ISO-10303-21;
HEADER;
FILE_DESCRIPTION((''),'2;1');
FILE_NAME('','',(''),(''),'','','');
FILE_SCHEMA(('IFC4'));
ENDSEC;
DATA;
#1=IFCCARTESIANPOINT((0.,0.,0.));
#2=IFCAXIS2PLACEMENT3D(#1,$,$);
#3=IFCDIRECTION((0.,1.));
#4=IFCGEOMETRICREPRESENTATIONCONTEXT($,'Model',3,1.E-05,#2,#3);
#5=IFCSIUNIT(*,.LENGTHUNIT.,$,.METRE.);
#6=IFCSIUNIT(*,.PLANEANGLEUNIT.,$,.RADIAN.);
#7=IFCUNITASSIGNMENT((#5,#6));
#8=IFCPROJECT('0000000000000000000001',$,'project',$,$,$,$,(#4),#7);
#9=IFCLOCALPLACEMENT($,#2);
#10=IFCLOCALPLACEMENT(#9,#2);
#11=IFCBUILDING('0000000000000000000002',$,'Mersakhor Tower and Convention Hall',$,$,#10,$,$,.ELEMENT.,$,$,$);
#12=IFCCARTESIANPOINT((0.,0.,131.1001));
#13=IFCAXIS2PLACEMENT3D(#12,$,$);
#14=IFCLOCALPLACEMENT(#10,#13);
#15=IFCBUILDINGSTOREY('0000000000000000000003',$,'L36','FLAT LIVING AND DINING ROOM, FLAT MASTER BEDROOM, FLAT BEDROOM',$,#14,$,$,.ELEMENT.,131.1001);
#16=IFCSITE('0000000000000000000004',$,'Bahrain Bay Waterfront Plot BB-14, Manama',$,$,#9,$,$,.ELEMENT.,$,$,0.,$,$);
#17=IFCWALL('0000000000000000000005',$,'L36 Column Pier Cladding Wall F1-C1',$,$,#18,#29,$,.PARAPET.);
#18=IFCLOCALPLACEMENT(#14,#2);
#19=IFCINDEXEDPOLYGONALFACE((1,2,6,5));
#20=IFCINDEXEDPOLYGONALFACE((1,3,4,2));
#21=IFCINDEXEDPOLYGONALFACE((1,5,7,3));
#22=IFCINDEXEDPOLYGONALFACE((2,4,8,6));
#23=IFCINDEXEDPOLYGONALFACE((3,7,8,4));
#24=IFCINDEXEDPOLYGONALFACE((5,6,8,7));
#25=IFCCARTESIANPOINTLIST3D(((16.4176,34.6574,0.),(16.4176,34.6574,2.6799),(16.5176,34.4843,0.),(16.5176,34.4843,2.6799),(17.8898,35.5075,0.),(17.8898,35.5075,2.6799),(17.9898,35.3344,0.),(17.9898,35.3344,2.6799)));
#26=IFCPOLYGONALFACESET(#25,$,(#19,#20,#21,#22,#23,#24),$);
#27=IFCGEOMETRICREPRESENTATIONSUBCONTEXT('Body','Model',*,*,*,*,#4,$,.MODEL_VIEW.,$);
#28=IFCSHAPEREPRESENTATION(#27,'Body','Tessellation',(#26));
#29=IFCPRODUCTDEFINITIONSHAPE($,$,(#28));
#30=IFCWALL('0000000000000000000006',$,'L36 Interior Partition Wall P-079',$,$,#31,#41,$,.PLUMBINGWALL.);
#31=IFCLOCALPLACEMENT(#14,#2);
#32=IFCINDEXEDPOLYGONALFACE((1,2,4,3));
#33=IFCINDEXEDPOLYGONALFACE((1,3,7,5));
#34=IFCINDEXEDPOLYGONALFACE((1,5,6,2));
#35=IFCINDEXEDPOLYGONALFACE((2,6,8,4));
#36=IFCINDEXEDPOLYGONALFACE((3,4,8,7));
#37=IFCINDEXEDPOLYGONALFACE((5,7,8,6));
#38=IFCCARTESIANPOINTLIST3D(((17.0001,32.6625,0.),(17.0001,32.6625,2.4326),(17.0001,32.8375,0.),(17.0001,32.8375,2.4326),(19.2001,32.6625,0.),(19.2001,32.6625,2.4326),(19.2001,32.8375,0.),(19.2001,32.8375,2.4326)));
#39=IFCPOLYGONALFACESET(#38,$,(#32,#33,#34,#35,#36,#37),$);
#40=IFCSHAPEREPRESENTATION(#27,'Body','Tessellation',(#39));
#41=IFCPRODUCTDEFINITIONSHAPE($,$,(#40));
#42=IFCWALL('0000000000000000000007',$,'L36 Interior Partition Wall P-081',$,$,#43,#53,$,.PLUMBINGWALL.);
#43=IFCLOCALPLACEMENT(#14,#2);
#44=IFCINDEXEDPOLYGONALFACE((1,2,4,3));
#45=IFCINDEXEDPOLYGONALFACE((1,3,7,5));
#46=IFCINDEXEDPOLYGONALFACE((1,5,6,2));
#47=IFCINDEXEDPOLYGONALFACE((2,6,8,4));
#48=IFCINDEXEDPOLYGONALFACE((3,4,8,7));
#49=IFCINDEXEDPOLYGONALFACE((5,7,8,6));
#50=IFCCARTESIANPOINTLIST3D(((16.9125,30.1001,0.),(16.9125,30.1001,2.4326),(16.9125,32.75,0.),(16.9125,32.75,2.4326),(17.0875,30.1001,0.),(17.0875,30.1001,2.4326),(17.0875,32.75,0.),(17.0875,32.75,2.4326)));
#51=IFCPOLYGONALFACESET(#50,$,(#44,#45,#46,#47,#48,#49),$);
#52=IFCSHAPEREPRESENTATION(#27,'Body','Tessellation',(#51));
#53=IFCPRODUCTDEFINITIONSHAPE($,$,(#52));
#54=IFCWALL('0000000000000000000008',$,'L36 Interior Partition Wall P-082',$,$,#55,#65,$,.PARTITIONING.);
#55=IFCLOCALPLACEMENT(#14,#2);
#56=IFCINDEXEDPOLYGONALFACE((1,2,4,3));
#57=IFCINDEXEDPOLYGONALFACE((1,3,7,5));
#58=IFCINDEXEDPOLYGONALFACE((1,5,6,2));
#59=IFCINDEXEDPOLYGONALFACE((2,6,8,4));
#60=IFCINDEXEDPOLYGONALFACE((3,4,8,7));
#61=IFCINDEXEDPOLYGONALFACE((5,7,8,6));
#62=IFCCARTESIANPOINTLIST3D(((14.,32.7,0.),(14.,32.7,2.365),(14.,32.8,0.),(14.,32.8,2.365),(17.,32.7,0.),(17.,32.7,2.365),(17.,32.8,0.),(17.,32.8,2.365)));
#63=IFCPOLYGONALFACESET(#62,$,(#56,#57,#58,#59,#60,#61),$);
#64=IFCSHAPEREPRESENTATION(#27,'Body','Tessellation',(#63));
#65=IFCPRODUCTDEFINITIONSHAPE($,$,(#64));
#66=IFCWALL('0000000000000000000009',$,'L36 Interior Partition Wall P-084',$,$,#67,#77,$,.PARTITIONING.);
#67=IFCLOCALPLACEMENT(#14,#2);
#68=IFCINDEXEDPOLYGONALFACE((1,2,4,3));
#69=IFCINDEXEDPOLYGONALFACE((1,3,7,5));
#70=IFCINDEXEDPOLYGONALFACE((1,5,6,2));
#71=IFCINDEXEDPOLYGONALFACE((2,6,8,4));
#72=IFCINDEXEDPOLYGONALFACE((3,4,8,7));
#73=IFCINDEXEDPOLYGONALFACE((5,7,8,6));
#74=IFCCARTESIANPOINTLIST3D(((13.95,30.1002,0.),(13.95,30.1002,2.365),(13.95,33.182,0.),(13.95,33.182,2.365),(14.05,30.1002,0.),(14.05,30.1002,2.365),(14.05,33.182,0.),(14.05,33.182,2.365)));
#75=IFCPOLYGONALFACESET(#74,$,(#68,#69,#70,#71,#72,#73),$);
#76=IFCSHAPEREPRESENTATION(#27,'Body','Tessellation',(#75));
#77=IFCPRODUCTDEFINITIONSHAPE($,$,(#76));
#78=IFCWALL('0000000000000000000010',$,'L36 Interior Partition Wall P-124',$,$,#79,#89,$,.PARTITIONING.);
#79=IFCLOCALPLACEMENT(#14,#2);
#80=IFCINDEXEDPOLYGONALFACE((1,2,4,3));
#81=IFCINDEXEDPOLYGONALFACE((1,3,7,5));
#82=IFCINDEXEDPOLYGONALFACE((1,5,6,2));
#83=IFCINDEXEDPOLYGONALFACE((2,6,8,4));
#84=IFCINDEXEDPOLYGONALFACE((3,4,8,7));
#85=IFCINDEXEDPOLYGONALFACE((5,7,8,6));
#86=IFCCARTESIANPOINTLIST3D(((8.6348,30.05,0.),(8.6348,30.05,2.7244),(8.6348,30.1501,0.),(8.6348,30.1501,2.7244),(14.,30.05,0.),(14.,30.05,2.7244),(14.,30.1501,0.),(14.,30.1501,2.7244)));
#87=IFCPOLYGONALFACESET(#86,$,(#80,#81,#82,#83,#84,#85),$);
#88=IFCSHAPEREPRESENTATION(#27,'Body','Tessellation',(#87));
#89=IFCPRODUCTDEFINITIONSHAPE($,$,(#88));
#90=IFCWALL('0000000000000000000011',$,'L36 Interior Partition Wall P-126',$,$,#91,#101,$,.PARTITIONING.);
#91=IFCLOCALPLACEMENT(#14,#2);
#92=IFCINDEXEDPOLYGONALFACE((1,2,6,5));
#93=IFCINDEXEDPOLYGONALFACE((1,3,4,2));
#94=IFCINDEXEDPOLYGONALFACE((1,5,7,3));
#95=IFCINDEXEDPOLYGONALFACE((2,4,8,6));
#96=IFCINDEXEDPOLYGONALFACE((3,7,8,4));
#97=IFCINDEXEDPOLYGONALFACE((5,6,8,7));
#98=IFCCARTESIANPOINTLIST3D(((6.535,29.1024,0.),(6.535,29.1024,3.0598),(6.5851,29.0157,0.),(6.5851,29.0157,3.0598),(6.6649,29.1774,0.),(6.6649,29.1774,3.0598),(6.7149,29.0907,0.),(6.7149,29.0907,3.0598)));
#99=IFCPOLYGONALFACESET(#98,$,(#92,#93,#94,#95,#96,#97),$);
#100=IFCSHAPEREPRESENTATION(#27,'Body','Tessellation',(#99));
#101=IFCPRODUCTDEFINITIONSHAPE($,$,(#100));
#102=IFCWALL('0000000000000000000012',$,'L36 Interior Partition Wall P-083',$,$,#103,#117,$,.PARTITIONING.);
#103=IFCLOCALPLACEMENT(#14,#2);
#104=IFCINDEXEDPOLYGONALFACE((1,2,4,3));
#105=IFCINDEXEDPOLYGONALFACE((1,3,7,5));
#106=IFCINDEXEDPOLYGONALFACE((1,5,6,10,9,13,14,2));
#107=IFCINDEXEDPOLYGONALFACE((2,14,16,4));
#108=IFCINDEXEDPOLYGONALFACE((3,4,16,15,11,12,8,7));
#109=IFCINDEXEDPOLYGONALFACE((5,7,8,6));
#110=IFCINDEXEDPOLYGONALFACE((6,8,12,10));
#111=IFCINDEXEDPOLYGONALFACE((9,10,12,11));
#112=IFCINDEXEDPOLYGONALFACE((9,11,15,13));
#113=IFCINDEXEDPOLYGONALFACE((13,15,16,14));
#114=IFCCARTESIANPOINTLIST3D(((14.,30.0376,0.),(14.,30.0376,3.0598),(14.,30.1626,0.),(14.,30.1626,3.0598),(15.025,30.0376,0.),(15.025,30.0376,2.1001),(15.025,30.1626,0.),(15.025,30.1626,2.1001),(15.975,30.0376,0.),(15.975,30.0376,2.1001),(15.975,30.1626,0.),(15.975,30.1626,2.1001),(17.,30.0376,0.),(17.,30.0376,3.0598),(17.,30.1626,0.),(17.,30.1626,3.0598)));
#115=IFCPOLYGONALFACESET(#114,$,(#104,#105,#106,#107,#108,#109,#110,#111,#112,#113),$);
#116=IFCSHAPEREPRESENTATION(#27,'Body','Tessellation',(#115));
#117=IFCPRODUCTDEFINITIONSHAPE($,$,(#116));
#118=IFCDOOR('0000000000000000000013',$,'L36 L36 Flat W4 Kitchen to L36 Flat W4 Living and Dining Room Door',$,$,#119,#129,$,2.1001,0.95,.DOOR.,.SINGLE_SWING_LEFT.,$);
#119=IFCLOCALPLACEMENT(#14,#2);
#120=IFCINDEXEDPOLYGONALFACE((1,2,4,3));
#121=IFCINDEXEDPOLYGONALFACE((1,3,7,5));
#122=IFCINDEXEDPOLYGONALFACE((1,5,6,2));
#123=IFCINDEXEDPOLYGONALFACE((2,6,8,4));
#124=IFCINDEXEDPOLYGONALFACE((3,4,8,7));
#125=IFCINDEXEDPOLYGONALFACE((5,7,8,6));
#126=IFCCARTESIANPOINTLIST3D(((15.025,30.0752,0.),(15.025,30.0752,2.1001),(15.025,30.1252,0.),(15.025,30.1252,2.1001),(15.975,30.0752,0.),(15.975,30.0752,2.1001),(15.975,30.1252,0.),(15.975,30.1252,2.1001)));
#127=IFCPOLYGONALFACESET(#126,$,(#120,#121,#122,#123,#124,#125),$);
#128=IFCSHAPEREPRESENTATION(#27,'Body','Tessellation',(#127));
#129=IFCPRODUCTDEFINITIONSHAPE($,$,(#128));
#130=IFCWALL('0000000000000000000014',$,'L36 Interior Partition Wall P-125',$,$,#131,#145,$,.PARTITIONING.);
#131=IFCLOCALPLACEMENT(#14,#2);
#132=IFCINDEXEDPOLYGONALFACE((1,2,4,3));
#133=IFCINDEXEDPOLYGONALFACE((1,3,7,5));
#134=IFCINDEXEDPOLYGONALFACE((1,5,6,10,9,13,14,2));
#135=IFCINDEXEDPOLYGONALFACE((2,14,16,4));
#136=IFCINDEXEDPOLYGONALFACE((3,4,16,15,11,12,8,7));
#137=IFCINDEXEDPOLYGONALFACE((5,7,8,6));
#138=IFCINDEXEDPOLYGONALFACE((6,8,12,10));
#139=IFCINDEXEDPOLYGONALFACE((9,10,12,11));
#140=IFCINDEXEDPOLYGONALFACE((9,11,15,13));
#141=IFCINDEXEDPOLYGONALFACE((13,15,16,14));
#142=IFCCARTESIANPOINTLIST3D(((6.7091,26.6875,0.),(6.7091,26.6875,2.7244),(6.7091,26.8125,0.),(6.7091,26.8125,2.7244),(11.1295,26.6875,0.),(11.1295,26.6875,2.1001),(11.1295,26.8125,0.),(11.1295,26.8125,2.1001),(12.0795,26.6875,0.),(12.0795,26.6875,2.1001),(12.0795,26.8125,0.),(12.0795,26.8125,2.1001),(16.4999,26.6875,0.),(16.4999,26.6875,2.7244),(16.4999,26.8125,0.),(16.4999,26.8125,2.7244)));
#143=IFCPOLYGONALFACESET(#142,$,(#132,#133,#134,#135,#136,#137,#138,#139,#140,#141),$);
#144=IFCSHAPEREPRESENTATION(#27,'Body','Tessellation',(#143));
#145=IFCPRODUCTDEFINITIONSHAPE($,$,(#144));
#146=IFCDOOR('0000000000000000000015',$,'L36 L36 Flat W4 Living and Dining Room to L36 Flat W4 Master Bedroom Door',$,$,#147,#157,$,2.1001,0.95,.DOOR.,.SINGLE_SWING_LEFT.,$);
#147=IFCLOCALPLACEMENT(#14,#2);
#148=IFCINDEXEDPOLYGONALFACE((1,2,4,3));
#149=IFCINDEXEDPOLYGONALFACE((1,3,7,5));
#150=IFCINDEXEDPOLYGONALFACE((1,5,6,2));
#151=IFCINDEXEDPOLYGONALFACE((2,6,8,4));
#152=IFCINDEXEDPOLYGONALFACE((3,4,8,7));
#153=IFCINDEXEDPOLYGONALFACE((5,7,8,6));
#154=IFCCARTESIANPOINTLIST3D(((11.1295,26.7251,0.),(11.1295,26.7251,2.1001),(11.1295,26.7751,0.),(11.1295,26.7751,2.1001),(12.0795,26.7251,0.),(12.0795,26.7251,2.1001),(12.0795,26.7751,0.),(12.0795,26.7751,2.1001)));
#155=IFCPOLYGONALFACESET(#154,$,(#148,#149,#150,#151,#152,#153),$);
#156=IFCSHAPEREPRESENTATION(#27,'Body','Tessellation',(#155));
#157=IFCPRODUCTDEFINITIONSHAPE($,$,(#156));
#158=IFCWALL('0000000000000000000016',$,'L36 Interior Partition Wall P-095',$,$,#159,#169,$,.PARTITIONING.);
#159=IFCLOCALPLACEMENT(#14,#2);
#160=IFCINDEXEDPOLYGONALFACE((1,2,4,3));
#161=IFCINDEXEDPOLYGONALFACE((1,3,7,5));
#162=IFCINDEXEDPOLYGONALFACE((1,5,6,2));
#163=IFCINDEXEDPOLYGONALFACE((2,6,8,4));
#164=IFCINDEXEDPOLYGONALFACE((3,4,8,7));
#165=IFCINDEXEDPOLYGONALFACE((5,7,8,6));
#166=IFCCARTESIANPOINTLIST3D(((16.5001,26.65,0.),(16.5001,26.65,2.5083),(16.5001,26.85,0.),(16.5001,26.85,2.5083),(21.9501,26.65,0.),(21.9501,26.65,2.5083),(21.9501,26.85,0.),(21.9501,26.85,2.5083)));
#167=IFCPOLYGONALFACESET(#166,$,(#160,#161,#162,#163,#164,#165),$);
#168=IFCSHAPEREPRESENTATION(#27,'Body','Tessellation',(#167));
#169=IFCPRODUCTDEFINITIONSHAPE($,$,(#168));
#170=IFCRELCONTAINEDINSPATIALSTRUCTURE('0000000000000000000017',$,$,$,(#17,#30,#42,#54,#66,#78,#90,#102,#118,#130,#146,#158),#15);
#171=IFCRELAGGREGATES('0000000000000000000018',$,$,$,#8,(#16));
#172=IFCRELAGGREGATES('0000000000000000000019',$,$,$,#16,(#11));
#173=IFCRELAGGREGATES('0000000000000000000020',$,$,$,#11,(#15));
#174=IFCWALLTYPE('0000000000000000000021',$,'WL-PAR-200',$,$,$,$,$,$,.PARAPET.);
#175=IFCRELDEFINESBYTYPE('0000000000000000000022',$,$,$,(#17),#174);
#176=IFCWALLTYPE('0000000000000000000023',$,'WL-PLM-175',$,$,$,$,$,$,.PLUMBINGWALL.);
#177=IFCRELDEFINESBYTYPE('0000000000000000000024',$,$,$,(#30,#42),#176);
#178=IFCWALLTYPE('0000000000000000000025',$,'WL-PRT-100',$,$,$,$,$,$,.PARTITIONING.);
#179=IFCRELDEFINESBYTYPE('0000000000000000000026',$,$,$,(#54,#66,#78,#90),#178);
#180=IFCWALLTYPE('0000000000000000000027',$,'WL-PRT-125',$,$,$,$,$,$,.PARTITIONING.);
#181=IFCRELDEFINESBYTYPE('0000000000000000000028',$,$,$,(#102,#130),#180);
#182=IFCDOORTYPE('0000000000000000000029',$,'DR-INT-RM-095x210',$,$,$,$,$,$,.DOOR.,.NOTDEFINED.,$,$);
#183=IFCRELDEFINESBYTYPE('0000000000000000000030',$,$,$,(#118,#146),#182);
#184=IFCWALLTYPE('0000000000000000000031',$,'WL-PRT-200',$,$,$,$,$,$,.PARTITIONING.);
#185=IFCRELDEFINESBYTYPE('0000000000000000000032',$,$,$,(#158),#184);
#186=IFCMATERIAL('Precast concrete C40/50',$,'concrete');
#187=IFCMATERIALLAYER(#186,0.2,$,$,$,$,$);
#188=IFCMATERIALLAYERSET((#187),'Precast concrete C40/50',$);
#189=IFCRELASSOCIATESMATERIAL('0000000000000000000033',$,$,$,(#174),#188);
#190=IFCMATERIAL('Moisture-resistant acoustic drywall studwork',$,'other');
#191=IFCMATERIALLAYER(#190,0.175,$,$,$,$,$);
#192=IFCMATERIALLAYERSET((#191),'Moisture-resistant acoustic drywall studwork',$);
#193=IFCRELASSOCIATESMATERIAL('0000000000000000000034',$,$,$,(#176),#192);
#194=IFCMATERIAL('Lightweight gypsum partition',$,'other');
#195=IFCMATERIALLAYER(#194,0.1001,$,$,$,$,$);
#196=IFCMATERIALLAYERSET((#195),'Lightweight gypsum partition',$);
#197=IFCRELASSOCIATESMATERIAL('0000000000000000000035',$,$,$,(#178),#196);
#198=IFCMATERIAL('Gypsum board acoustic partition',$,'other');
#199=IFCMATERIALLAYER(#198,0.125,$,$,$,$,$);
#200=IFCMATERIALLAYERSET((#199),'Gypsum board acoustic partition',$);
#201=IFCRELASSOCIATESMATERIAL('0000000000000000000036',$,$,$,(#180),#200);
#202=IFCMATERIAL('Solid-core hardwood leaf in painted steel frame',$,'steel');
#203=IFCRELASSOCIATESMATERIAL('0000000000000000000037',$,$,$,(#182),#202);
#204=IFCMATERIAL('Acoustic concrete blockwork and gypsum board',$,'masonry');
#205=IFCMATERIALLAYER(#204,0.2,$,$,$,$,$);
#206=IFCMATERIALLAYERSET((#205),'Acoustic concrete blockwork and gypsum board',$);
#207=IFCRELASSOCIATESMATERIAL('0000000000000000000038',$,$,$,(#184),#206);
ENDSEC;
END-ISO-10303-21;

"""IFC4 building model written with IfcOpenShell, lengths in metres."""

from ifc_helpers import new_model, si_unit, direction, frame, frame_2d, origin, place, context, subcontext, project, spatial, rectangle, extrude, material, layer, layer_set, type_object, element, fill, save


model = new_model("IFC4")

# Units and contexts
model_context = context("Model", 3, precision=1e-05, world=origin(), true_north=direction((0.0, 1.0)))
body_context = subcontext(model_context, "Body", "Model", "MODEL_VIEW")
ifc_project = project(units=[si_unit("LENGTHUNIT", "METRE"), si_unit("PLANEANGLEUNIT", "RADIAN")], contexts=[model_context])

# Site, building, storey
site_placement = place(None, origin())
site = spatial("IfcSite", under=ifc_project, at=site_placement, Name="Bahrain Bay Waterfront Plot BB-14, Manama", CompositionType="ELEMENT", RefElevation=0.0)
building_placement = place(site_placement, origin())
building = spatial("IfcBuilding", under=site, at=building_placement, Name="Mersakhor Tower and Convention Hall", CompositionType="ELEMENT")
storey_placement = place(building_placement, frame((0.0, 0.0, 131.1001)))
storey = spatial("IfcBuildingStorey", under=building, at=storey_placement, Name="L36", Description="FLAT LIVING AND DINING ROOM, FLAT MASTER BEDROOM, FLAT BEDROOM", CompositionType="ELEMENT", Elevation=131.1001)

# Walls
ifc_material_1 = material(Name="Precast concrete C40/50", Category="concrete")
ifc_layer_1 = layer(ifc_material_1, 0.2)
ifc_layer_set_1 = layer_set([ifc_layer_1], Name="Precast concrete C40/50")
wall_type_1 = type_object("IfcWallType", Name="WL-PAR-200", PredefinedType="PARAPET", material=ifc_layer_set_1)
wall_1_placement = place(storey_placement, frame((16.4675, 34.5708, 0.0), z_axis=(0.0, 0.0, 1.0), x_axis=(0.865989, 0.500062, 0.0)))
element("IfcWall", 1, at=wall_1_placement, inside=storey, type_object=wall_type_1, Name="L36 Column Pier Cladding Wall F1-C1", PredefinedType="PARAPET", context=body_context, shape_type="SweptSolid", body=[
    extrude(rectangle(XDim=1.7, YDim=0.2, at=frame_2d((0.8501, 0.0))), origin(), (0.0, 0.0, 1.0), 2.6799),
])
ifc_material_2 = material(Name="Moisture-resistant acoustic drywall studwork", Category="other")
ifc_layer_2 = layer(ifc_material_2, 0.175)
ifc_layer_set_2 = layer_set([ifc_layer_2], Name="Moisture-resistant acoustic drywall studwork")
wall_type_2 = type_object("IfcWallType", Name="WL-PLM-175", PredefinedType="PLUMBINGWALL", material=ifc_layer_set_2)
wall_2_placement = place(storey_placement, frame((17.0, 32.75, 0.0), z_axis=(0.0, 0.0, 1.0), x_axis=(1.0, 0.0, 0.0)))
element("IfcWall", 2, at=wall_2_placement, inside=storey, type_object=wall_type_2, Name="L36 Interior Partition Wall P-079", PredefinedType="PLUMBINGWALL", context=body_context, shape_type="SweptSolid", body=[
    extrude(rectangle(XDim=2.2, YDim=0.175, at=frame_2d((1.1001, 0.0))), origin(), (0.0, 0.0, 1.0), 2.4326),
])
wall_3_placement = place(storey_placement, frame((17.0, 30.1001, 0.0), z_axis=(0.0, 0.0, 1.0), x_axis=(0.0, 1.0, 0.0)))
element("IfcWall", 3, at=wall_3_placement, inside=storey, type_object=wall_type_2, Name="L36 Interior Partition Wall P-081", PredefinedType="PLUMBINGWALL", context=body_context, shape_type="SweptSolid", body=[
    extrude(rectangle(XDim=2.6499, YDim=0.175, at=frame_2d((1.325, 0.0))), origin(), (0.0, 0.0, 1.0), 2.4326),
])
ifc_material_3 = material(Name="Lightweight gypsum partition", Category="other")
ifc_layer_3 = layer(ifc_material_3, 0.1001)
ifc_layer_set_3 = layer_set([ifc_layer_3], Name="Lightweight gypsum partition")
wall_type_3 = type_object("IfcWallType", Name="WL-PRT-100", PredefinedType="PARTITIONING", material=ifc_layer_set_3)
wall_4_placement = place(storey_placement, frame((14.0, 32.75, 0.0), z_axis=(0.0, 0.0, 1.0), x_axis=(1.0, 0.0, 0.0)))
element("IfcWall", 4, at=wall_4_placement, inside=storey, type_object=wall_type_3, Name="L36 Interior Partition Wall P-082", PredefinedType="PARTITIONING", context=body_context, shape_type="SweptSolid", body=[
    extrude(rectangle(XDim=3.0, YDim=0.1001, at=frame_2d((1.5, 0.0))), origin(), (0.0, 0.0, 1.0), 2.365),
])
wall_5_placement = place(storey_placement, frame((14.0, 30.1001, 0.0), z_axis=(0.0, 0.0, 1.0), x_axis=(0.0, 1.0, 0.0)))
element("IfcWall", 5, at=wall_5_placement, inside=storey, type_object=wall_type_3, Name="L36 Interior Partition Wall P-084", PredefinedType="PARTITIONING", context=body_context, shape_type="SweptSolid", body=[
    extrude(rectangle(XDim=3.0818, YDim=0.1001, at=frame_2d((1.541, 0.0))), origin(), (0.0, 0.0, 1.0), 2.365),
])
wall_6_placement = place(storey_placement, frame((8.6348, 30.1001, 0.0), z_axis=(0.0, 0.0, 1.0), x_axis=(1.0, 0.0, 0.0)))
element("IfcWall", 6, at=wall_6_placement, inside=storey, type_object=wall_type_3, Name="L36 Interior Partition Wall P-124", PredefinedType="PARTITIONING", context=body_context, shape_type="SweptSolid", body=[
    extrude(rectangle(XDim=5.3652, YDim=0.1001, at=frame_2d((2.6826, 0.0))), origin(), (0.0, 0.0, 1.0), 2.7244),
])
wall_7_placement = place(storey_placement, frame((6.5601, 29.0591, 0.0), z_axis=(0.0, 0.0, 1.0), x_axis=(0.866131, 0.499816, 0.0)))
element("IfcWall", 7, at=wall_7_placement, inside=storey, type_object=wall_type_3, Name="L36 Interior Partition Wall P-126", PredefinedType="PARTITIONING", context=body_context, shape_type="SweptSolid", body=[
    extrude(rectangle(XDim=0.1499, YDim=0.1001, at=frame_2d((0.075, 0.0))), origin(), (0.0, 0.0, 1.0), 3.0598),
])

# Walls, openings, doors
ifc_material_4 = material(Name="Gypsum board acoustic partition", Category="other")
ifc_layer_4 = layer(ifc_material_4, 0.125)
ifc_layer_set_4 = layer_set([ifc_layer_4], Name="Gypsum board acoustic partition")
wall_type_4 = type_object("IfcWallType", Name="WL-PRT-125", PredefinedType="PARTITIONING", material=ifc_layer_set_4)
wall_8_placement = place(storey_placement, frame((17.0, 30.1001, 0.0), z_axis=(0.0, 0.0, 1.0), x_axis=(-1.0, 0.0, 0.0)))
wall_8 = element("IfcWall", 8, at=wall_8_placement, inside=storey, type_object=wall_type_4, Name="L36 Interior Partition Wall P-083", PredefinedType="PARTITIONING", context=body_context, shape_type="SweptSolid", body=[
    extrude(rectangle(XDim=3.0, YDim=0.125, at=frame_2d((1.5, 0.0))), origin(), (0.0, 0.0, 1.0), 3.0598),
])
opening_1_placement = place(wall_8_placement, frame((1.0249, 0.0, 0.0)))
opening_1 = element("IfcOpeningElement", 9, at=opening_1_placement, cuts=wall_8, PredefinedType="OPENING", context=body_context, shape_type="SweptSolid", body=[
    extrude(rectangle(XDim=0.95, YDim=2.1001, at=frame_2d((0.4751, 1.05))), frame((0.0, 0.0725, 0.0), z_axis=(0.0, -1.0, 0.0), x_axis=(1.0, 0.0, 0.0)), (0.0, 0.0, 1.0), 0.145),
])
ifc_material_5 = material(Name="Solid-core hardwood leaf in painted steel frame", Category="steel")
door_type_1 = type_object("IfcDoorType", Name="DR-INT-RM-095x210", OperationType="NOTDEFINED", PredefinedType="DOOR", material=ifc_material_5)
door_1_placement = place(opening_1_placement, origin())
door_1 = element("IfcDoor", 10, at=door_1_placement, inside=storey, type_object=door_type_1, Name="L36 L36 Flat W4 Kitchen to L36 Flat W4 Living and Dining Room Door", OperationType="SINGLE_SWING_LEFT", OverallHeight=2.1001, OverallWidth=0.95, PredefinedType="DOOR", context=body_context, shape_type="SweptSolid", body=[
    extrude(rectangle(XDim=0.95, YDim=2.1001, at=frame_2d((0.4751, 1.05))), frame((0.0, 0.0249, 0.0), z_axis=(0.0, -1.0, 0.0), x_axis=(1.0, 0.0, 0.0)), (0.0, 0.0, 1.0), 0.05),
])
fill(opening_1, door_1)
wall_9_placement = place(storey_placement, frame((16.5, 26.75, 0.0), z_axis=(0.0, 0.0, 1.0), x_axis=(-1.0, 0.0, 0.0)))
wall_9 = element("IfcWall", 11, at=wall_9_placement, inside=storey, type_object=wall_type_4, Name="L36 Interior Partition Wall P-125", PredefinedType="PARTITIONING", context=body_context, shape_type="SweptSolid", body=[
    extrude(rectangle(XDim=9.7908, YDim=0.125, at=frame_2d((4.8955, 0.0))), origin(), (0.0, 0.0, 1.0), 2.7244),
])
opening_2_placement = place(wall_9_placement, frame((4.4204, 0.0, 0.0)))
opening_2 = element("IfcOpeningElement", 12, at=opening_2_placement, cuts=wall_9, PredefinedType="OPENING", context=body_context, shape_type="SweptSolid", body=[
    extrude(rectangle(XDim=0.95, YDim=2.1001, at=frame_2d((0.4751, 1.05))), frame((0.0, 0.0725, 0.0), z_axis=(0.0, -1.0, 0.0), x_axis=(1.0, 0.0, 0.0)), (0.0, 0.0, 1.0), 0.145),
])
door_2_placement = place(opening_2_placement, origin())
door_2 = element("IfcDoor", 13, at=door_2_placement, inside=storey, type_object=door_type_1, Name="L36 L36 Flat W4 Living and Dining Room to L36 Flat W4 Master Bedroom Door", OperationType="SINGLE_SWING_LEFT", OverallHeight=2.1001, OverallWidth=0.95, PredefinedType="DOOR", context=body_context, shape_type="SweptSolid", body=[
    extrude(rectangle(XDim=0.95, YDim=2.1001, at=frame_2d((0.4751, 1.05))), frame((0.0, 0.0249, 0.0), z_axis=(0.0, -1.0, 0.0), x_axis=(1.0, 0.0, 0.0)), (0.0, 0.0, 1.0), 0.05),
])
fill(opening_2, door_2)

# Wall
ifc_material_6 = material(Name="Acoustic concrete blockwork and gypsum board", Category="masonry")
ifc_layer_5 = layer(ifc_material_6, 0.2)
ifc_layer_set_5 = layer_set([ifc_layer_5], Name="Acoustic concrete blockwork and gypsum board")
wall_type_5 = type_object("IfcWallType", Name="WL-PRT-200", PredefinedType="PARTITIONING", material=ifc_layer_set_5)
wall_10_placement = place(storey_placement, frame((16.5, 26.75, 0.0), z_axis=(0.0, 0.0, 1.0), x_axis=(1.0, 0.0, 0.0)))
element("IfcWall", 14, at=wall_10_placement, inside=storey, type_object=wall_type_5, Name="L36 Interior Partition Wall P-095", PredefinedType="PARTITIONING", context=body_context, shape_type="SweptSolid", body=[
    extrude(rectangle(XDim=5.45, YDim=0.2, at=frame_2d((2.7251, 0.0))), origin(), (0.0, 0.0, 1.0), 2.5083),
])

save(model, "model.ifc")
